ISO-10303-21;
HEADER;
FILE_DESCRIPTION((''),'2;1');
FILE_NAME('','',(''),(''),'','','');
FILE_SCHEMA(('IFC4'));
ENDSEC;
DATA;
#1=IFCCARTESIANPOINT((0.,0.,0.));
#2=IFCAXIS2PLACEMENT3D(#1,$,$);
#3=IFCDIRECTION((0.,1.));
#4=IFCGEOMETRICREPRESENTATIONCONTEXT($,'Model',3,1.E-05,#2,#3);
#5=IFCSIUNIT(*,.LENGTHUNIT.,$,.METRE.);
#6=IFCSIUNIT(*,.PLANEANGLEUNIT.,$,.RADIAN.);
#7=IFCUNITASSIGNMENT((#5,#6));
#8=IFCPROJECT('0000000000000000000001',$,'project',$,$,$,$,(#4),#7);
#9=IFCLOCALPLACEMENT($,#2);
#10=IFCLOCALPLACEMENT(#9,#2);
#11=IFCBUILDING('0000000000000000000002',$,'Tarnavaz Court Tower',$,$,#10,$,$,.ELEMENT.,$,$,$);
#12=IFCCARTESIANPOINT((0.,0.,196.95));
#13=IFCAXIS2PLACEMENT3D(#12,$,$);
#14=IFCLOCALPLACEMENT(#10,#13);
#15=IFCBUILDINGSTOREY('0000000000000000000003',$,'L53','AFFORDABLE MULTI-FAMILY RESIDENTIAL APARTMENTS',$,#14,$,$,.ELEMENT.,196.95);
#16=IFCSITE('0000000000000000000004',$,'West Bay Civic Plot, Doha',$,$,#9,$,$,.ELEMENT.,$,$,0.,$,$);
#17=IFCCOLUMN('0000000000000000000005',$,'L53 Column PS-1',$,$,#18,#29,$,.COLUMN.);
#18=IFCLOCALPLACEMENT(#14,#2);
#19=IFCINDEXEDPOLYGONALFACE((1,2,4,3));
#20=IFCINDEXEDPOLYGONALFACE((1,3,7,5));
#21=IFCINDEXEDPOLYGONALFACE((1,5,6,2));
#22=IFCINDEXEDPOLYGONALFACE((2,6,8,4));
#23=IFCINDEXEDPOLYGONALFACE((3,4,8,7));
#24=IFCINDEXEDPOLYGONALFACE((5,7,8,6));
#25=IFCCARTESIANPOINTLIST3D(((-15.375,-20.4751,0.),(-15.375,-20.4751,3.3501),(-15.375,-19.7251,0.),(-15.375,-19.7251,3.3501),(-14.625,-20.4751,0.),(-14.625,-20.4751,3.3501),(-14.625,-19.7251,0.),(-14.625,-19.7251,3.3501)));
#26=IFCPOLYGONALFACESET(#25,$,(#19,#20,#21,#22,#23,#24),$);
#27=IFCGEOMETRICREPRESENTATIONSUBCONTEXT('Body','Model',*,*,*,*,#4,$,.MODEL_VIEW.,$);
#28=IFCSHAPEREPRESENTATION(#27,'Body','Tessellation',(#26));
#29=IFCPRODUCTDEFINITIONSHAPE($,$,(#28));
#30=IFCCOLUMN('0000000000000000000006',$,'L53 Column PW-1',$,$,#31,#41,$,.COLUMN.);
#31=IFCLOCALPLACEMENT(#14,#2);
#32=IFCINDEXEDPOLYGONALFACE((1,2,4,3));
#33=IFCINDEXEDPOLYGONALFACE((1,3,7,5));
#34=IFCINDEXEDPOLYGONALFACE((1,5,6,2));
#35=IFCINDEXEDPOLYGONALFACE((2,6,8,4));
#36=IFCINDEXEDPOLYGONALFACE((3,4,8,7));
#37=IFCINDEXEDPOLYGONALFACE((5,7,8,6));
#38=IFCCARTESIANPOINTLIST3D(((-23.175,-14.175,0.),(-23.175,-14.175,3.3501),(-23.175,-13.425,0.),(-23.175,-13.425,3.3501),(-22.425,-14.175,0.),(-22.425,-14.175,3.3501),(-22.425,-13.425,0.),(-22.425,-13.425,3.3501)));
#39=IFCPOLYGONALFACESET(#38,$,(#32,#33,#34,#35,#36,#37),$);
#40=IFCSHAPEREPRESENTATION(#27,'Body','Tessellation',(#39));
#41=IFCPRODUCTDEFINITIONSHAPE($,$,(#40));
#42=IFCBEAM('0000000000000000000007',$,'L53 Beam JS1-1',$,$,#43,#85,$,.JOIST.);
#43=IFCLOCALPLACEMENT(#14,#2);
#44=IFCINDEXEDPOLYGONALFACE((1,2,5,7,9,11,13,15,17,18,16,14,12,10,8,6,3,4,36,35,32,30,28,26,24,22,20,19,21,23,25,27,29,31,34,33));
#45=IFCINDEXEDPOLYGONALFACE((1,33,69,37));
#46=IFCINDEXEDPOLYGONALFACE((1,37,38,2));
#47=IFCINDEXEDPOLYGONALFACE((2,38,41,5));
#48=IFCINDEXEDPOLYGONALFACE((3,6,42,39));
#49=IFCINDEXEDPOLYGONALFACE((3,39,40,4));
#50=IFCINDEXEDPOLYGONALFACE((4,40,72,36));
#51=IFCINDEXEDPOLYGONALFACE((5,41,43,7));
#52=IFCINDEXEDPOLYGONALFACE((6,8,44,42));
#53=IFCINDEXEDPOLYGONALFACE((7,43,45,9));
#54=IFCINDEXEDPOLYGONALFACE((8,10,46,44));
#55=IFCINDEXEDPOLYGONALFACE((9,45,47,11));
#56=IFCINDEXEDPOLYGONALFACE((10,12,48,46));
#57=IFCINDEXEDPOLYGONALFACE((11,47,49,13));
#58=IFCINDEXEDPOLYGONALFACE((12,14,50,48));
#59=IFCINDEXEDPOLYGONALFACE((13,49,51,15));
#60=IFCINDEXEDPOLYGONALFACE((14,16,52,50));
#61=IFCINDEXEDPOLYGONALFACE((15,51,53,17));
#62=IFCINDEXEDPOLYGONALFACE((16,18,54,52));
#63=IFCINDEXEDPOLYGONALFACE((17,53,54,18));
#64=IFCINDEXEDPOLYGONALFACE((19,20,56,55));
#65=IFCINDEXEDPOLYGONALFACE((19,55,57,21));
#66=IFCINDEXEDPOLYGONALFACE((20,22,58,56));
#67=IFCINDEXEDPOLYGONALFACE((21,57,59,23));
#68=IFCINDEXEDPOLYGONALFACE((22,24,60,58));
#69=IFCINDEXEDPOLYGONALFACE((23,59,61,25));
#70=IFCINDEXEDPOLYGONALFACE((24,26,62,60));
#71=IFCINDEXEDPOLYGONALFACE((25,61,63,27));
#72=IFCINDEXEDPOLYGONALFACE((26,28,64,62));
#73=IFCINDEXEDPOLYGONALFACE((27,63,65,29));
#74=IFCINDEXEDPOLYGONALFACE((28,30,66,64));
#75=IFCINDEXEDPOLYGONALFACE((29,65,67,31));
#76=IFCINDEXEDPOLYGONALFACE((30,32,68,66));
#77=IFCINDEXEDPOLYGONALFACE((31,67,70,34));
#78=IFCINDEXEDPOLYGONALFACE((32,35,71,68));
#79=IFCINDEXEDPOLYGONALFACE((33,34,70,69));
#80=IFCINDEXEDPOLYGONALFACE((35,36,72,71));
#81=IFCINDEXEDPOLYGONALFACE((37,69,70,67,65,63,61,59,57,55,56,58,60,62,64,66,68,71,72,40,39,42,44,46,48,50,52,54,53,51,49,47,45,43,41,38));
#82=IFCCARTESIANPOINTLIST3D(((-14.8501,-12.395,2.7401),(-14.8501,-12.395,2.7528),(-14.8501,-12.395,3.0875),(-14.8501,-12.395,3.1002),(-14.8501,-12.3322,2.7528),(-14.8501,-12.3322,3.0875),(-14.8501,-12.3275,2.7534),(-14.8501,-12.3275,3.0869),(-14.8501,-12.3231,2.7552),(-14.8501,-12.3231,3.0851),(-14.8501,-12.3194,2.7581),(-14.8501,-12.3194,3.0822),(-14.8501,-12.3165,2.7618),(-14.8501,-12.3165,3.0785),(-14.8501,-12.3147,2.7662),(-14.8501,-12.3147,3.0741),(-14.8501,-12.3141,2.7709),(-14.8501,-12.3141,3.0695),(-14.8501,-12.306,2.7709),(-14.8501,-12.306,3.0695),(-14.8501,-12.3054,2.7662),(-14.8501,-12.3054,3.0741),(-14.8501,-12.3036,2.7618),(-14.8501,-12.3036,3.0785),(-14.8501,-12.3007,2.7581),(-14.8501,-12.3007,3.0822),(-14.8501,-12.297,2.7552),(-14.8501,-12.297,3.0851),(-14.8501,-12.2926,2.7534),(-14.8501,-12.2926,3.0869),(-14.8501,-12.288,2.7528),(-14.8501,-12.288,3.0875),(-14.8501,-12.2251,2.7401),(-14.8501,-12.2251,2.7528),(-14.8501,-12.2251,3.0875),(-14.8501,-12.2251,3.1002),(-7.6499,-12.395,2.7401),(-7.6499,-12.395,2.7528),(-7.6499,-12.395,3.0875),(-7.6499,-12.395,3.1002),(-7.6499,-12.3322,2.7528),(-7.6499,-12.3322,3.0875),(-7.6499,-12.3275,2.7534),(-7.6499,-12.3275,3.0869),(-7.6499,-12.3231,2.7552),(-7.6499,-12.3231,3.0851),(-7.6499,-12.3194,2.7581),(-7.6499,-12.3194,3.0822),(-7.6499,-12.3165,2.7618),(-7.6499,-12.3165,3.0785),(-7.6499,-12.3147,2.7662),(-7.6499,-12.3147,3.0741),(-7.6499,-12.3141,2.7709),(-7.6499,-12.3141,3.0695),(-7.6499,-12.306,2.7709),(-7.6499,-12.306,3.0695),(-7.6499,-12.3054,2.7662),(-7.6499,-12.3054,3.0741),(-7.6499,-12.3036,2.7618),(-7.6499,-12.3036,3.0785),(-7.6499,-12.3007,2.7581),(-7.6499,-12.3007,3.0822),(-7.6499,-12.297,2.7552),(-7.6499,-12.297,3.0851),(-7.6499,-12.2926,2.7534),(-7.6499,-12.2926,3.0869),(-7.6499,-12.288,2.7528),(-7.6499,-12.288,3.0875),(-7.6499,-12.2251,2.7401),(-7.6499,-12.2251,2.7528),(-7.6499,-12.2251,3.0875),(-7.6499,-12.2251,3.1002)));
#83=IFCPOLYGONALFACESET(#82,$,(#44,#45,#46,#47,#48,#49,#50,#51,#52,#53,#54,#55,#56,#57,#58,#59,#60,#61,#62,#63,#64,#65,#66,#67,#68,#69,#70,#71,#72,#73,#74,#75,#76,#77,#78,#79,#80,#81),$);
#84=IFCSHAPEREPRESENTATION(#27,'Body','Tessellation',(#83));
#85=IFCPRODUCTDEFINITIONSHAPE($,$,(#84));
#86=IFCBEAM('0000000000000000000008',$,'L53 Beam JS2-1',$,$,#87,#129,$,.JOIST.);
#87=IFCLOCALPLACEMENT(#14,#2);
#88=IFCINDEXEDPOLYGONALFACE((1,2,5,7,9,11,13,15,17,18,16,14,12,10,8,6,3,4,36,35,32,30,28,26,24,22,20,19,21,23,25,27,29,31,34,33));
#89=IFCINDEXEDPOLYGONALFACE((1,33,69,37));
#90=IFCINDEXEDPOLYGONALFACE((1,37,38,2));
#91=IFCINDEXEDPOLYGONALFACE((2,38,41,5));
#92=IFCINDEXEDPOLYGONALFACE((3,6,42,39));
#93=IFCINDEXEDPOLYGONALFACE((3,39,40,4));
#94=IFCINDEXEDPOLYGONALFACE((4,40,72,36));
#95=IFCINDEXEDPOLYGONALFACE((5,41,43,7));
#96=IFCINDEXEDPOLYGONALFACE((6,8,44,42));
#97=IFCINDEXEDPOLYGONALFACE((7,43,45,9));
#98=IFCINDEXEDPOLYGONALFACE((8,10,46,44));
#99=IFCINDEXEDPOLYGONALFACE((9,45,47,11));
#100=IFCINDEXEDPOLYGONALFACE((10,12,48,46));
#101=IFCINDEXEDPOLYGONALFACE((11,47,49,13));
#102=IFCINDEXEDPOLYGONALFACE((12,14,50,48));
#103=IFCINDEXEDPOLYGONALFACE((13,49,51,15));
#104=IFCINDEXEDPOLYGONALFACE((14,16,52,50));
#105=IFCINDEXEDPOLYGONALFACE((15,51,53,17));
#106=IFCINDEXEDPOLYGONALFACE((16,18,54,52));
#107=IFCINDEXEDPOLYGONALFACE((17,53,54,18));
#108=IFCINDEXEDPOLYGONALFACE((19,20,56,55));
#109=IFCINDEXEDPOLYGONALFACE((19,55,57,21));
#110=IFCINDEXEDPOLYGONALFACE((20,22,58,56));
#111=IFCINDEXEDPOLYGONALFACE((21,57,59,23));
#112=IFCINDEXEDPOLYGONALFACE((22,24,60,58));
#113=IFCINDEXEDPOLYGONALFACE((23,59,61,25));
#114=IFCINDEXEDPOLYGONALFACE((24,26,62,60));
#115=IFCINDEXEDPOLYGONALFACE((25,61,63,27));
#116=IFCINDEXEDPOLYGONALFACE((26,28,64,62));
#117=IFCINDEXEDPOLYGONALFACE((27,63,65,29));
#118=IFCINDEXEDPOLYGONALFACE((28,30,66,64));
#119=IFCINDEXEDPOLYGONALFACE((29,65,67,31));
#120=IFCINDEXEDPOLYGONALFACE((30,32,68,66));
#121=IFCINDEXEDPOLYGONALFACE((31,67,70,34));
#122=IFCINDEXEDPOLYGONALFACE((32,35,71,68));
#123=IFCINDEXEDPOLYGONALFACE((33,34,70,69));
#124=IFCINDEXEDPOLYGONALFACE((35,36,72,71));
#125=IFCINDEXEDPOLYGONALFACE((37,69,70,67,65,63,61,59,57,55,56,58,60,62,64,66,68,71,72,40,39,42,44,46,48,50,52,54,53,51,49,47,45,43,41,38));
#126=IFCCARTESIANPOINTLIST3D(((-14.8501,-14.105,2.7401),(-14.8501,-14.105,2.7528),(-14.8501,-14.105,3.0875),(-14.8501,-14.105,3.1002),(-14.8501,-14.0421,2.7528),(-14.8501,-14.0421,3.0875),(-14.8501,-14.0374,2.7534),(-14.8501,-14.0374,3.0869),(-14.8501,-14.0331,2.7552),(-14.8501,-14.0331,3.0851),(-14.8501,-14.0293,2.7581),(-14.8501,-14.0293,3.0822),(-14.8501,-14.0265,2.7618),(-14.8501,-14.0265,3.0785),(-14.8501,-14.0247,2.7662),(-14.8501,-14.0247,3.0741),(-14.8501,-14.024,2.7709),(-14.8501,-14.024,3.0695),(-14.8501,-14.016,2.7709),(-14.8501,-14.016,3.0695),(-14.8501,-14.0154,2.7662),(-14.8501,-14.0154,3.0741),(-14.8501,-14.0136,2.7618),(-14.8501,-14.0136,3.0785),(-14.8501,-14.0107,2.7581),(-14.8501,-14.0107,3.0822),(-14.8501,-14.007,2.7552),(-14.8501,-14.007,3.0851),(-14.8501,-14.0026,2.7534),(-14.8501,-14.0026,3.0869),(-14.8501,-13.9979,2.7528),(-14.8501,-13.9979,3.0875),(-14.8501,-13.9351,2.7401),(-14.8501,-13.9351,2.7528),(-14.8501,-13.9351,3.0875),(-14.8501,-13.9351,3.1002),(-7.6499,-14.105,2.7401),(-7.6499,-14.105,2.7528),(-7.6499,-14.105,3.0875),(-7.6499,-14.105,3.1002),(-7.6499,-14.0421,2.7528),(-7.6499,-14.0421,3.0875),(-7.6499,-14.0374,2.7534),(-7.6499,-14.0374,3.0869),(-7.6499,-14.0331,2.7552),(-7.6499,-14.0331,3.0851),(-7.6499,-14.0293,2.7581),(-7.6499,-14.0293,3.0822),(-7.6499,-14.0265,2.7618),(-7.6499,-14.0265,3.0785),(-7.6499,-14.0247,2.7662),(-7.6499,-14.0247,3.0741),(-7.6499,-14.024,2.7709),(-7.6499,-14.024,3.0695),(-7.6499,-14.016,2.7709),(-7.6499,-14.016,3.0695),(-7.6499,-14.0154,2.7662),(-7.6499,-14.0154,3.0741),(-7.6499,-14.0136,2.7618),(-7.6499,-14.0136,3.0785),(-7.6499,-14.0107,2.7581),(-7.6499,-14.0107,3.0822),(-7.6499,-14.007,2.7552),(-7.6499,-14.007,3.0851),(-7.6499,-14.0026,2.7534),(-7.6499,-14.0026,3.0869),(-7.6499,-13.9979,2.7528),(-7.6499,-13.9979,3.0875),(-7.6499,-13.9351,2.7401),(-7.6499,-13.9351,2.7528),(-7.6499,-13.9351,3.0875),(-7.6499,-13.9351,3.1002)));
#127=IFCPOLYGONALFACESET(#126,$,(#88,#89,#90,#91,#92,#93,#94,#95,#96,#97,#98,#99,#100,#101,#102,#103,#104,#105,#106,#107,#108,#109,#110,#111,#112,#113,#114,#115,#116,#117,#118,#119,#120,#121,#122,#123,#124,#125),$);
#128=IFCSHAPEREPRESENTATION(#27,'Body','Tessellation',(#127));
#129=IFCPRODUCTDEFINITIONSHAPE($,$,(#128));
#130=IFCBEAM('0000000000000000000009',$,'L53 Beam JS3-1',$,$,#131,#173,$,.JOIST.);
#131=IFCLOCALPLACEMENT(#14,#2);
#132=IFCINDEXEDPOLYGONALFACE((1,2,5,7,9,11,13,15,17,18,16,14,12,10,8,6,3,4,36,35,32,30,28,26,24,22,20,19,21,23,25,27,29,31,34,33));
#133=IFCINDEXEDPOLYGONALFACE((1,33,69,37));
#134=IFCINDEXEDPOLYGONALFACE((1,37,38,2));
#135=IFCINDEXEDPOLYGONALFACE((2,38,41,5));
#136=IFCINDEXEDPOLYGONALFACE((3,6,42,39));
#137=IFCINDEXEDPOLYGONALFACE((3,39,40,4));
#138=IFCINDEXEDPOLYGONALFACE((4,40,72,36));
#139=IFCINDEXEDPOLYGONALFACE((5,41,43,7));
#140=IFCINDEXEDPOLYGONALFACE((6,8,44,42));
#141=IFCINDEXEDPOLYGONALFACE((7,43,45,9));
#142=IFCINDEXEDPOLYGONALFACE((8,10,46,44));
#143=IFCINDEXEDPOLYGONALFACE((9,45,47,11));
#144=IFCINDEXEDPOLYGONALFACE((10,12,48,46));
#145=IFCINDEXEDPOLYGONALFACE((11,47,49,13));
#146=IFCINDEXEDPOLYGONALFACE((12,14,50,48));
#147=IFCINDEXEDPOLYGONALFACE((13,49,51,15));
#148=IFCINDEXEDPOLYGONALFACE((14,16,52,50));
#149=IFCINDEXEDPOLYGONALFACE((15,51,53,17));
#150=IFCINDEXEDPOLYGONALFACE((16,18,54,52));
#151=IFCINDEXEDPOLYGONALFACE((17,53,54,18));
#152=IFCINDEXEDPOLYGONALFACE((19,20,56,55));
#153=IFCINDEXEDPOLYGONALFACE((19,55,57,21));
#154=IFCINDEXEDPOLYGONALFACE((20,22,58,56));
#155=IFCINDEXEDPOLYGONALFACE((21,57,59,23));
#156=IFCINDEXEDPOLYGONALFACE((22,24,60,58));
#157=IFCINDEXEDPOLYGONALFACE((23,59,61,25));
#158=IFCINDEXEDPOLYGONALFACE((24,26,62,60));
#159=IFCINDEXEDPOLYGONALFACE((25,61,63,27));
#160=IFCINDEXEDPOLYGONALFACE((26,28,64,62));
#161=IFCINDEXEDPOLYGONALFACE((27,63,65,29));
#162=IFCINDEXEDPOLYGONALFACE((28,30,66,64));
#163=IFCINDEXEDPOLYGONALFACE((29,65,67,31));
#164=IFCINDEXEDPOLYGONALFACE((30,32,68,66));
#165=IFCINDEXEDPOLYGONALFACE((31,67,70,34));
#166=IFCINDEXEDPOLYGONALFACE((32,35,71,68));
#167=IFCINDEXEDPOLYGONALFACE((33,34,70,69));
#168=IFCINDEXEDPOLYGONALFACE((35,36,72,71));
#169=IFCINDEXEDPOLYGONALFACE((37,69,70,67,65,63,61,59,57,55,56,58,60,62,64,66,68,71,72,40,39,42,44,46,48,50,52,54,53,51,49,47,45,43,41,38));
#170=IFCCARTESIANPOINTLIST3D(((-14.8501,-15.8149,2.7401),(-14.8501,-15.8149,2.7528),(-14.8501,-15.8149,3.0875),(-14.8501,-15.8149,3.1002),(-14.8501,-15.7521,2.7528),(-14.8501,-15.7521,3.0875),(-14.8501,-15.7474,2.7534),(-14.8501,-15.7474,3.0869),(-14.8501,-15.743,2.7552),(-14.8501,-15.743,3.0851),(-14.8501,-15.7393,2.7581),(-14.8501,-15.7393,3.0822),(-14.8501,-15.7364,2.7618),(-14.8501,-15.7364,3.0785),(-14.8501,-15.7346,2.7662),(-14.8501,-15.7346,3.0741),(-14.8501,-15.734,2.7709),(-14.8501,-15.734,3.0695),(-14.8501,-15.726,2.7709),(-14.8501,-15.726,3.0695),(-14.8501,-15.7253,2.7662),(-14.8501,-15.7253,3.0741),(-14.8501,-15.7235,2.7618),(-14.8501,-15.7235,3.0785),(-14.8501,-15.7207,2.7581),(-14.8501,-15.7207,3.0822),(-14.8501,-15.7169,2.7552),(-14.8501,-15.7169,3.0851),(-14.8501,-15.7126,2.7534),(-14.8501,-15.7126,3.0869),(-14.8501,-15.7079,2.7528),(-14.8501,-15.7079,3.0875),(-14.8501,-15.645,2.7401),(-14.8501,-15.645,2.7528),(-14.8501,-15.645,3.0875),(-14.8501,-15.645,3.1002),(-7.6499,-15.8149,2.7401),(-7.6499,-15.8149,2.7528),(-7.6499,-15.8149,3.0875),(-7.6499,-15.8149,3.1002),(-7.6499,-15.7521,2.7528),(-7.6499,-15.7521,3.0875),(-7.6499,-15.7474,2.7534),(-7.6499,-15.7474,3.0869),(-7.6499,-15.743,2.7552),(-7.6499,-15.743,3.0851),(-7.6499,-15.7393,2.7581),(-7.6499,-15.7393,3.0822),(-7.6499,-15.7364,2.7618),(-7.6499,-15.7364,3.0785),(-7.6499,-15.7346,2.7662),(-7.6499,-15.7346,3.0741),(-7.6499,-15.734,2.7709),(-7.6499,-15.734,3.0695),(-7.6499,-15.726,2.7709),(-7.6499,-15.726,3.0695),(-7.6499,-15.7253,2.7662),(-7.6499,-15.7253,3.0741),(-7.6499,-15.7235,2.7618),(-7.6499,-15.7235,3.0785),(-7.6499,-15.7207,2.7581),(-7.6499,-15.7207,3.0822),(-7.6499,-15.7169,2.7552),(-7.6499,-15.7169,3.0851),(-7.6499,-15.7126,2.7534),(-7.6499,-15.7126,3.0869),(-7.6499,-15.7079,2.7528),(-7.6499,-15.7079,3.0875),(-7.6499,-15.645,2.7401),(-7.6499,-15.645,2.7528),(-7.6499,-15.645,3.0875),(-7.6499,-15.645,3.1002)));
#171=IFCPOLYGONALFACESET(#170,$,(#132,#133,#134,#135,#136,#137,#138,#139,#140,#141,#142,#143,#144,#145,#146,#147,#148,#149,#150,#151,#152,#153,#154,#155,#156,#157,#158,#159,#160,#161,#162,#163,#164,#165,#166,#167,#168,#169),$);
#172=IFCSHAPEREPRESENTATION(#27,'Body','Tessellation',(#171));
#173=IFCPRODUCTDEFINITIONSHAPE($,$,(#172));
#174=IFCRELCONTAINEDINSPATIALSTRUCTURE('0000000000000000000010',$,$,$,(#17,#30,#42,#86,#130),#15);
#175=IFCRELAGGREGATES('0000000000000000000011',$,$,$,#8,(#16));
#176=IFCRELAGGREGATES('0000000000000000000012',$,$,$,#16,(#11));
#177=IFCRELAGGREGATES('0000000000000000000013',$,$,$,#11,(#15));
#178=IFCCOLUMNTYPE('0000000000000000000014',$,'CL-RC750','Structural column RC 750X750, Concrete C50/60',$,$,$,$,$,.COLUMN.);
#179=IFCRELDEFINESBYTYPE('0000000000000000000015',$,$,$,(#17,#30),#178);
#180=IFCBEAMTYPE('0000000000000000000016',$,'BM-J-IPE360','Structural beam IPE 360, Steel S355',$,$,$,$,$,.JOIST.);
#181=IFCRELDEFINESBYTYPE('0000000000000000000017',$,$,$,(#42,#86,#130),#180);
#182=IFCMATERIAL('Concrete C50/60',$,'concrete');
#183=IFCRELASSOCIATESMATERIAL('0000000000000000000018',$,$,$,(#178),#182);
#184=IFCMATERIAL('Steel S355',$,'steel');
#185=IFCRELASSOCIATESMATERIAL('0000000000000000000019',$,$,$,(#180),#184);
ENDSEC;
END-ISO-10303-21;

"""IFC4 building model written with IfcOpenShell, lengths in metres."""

from ifc_helpers import new_model, si_unit, direction, frame, origin, origin_2d, place, context, subcontext, project, spatial, rectangle, i_section, extrude, material, material_profile, profile_set, type_object, element, save


model = new_model("IFC4")

# Units and contexts
model_context = context("Model", 3, precision=1e-05, world=origin(), true_north=direction((0.0, 1.0)))
body_context = subcontext(model_context, "Body", "Model", "MODEL_VIEW")
ifc_project = project(units=[si_unit("LENGTHUNIT", "METRE"), si_unit("PLANEANGLEUNIT", "RADIAN")], contexts=[model_context])

# Site, building, storey
site_placement = place(None, origin())
site = spatial("IfcSite", under=ifc_project, at=site_placement, Name="West Bay Civic Plot, Doha", CompositionType="ELEMENT", RefElevation=0.0)
building_placement = place(site_placement, origin())
building = spatial("IfcBuilding", under=site, at=building_placement, Name="Tarnavaz Court Tower", CompositionType="ELEMENT")
storey_placement = place(building_placement, frame((0.0, 0.0, 196.95)))
storey = spatial("IfcBuildingStorey", under=building, at=storey_placement, Name="L53", Description="AFFORDABLE MULTI-FAMILY RESIDENTIAL APARTMENTS", CompositionType="ELEMENT", Elevation=196.95)

# Columns
ifc_material_1 = material(Name="Concrete C50/60", Category="concrete")
ifc_material_profile_1 = material_profile(ifc_material_1, rectangle(XDim=0.75, YDim=0.75, at=origin_2d()), Name="RC 750X750")
ifc_profile_set_1 = profile_set([ifc_material_profile_1], Name="Concrete C50/60")
column_type = type_object("IfcColumnType", Name="CL-RC750", Description="Structural column RC 750X750, Concrete C50/60", PredefinedType="COLUMN", material=ifc_profile_set_1)
for number, where, z_axis, x_axis, name in (
    (1, (-15.0, -20.1001, 0.0), (0.0, 0.0, 1.0), (1.0, 0.0, 0.0), "L53 Column PS-1"),
    (2, (-22.8, -13.8, 0.0), (0.0, 0.0, 1.0), (1.0, 0.0, 0.0), "L53 Column PW-1"),
):
    element("IfcColumn", number, at=place(storey_placement, frame(where, z_axis=z_axis, x_axis=x_axis)), inside=storey, type_object=column_type, Name=name, PredefinedType="COLUMN", context=body_context, shape_type="SweptSolid", body=[
        extrude(rectangle(XDim=0.75, YDim=0.75, at=origin_2d()), origin(), (0.0, 0.0, 1.0), 3.3501),
    ])

# Beams
ifc_material_2 = material(Name="Steel S355", Category="steel")
ifc_material_profile_2 = material_profile(ifc_material_2, i_section(OverallWidth=0.1699, OverallDepth=0.3601, WebThickness=0.0081, FlangeThickness=0.0127, FilletRadius=0.0181, at=origin_2d()), Name="IPE 360")
ifc_profile_set_2 = profile_set([ifc_material_profile_2], Name="Steel S355")
beam_type_1 = type_object("IfcBeamType", Name="BM-J-IPE360", Description="Structural beam IPE 360, Steel S355", PredefinedType="JOIST", material=ifc_profile_set_2)
for number, where, z_axis, x_axis, name in (
    (3, (-14.8501, -12.3101, 2.9202), (1.0, 0.0, 0.0), (0.0, 1.0, 0.0), "L53 Beam JS1-1"),
    (4, (-14.8501, -14.02, 2.9202), (1.0, 0.0, 0.0), (0.0, 1.0, 0.0), "L53 Beam JS2-1"),
    (5, (-14.8501, -15.73, 2.9202), (1.0, 0.0, 0.0), (0.0, 1.0, 0.0), "L53 Beam JS3-1"),
):
    element("IfcBeam", number, at=place(storey_placement, frame(where, z_axis=z_axis, x_axis=x_axis)), inside=storey, type_object=beam_type_1, Name=name, PredefinedType="JOIST", context=body_context, shape_type="SweptSolid", body=[
        extrude(i_section(OverallWidth=0.1699, OverallDepth=0.3601, WebThickness=0.0081, FlangeThickness=0.0127, FilletRadius=0.0181, at=origin_2d()), origin(), (0.0, 0.0, 1.0), 7.2002),
    ])

save(model, "model.ifc")
